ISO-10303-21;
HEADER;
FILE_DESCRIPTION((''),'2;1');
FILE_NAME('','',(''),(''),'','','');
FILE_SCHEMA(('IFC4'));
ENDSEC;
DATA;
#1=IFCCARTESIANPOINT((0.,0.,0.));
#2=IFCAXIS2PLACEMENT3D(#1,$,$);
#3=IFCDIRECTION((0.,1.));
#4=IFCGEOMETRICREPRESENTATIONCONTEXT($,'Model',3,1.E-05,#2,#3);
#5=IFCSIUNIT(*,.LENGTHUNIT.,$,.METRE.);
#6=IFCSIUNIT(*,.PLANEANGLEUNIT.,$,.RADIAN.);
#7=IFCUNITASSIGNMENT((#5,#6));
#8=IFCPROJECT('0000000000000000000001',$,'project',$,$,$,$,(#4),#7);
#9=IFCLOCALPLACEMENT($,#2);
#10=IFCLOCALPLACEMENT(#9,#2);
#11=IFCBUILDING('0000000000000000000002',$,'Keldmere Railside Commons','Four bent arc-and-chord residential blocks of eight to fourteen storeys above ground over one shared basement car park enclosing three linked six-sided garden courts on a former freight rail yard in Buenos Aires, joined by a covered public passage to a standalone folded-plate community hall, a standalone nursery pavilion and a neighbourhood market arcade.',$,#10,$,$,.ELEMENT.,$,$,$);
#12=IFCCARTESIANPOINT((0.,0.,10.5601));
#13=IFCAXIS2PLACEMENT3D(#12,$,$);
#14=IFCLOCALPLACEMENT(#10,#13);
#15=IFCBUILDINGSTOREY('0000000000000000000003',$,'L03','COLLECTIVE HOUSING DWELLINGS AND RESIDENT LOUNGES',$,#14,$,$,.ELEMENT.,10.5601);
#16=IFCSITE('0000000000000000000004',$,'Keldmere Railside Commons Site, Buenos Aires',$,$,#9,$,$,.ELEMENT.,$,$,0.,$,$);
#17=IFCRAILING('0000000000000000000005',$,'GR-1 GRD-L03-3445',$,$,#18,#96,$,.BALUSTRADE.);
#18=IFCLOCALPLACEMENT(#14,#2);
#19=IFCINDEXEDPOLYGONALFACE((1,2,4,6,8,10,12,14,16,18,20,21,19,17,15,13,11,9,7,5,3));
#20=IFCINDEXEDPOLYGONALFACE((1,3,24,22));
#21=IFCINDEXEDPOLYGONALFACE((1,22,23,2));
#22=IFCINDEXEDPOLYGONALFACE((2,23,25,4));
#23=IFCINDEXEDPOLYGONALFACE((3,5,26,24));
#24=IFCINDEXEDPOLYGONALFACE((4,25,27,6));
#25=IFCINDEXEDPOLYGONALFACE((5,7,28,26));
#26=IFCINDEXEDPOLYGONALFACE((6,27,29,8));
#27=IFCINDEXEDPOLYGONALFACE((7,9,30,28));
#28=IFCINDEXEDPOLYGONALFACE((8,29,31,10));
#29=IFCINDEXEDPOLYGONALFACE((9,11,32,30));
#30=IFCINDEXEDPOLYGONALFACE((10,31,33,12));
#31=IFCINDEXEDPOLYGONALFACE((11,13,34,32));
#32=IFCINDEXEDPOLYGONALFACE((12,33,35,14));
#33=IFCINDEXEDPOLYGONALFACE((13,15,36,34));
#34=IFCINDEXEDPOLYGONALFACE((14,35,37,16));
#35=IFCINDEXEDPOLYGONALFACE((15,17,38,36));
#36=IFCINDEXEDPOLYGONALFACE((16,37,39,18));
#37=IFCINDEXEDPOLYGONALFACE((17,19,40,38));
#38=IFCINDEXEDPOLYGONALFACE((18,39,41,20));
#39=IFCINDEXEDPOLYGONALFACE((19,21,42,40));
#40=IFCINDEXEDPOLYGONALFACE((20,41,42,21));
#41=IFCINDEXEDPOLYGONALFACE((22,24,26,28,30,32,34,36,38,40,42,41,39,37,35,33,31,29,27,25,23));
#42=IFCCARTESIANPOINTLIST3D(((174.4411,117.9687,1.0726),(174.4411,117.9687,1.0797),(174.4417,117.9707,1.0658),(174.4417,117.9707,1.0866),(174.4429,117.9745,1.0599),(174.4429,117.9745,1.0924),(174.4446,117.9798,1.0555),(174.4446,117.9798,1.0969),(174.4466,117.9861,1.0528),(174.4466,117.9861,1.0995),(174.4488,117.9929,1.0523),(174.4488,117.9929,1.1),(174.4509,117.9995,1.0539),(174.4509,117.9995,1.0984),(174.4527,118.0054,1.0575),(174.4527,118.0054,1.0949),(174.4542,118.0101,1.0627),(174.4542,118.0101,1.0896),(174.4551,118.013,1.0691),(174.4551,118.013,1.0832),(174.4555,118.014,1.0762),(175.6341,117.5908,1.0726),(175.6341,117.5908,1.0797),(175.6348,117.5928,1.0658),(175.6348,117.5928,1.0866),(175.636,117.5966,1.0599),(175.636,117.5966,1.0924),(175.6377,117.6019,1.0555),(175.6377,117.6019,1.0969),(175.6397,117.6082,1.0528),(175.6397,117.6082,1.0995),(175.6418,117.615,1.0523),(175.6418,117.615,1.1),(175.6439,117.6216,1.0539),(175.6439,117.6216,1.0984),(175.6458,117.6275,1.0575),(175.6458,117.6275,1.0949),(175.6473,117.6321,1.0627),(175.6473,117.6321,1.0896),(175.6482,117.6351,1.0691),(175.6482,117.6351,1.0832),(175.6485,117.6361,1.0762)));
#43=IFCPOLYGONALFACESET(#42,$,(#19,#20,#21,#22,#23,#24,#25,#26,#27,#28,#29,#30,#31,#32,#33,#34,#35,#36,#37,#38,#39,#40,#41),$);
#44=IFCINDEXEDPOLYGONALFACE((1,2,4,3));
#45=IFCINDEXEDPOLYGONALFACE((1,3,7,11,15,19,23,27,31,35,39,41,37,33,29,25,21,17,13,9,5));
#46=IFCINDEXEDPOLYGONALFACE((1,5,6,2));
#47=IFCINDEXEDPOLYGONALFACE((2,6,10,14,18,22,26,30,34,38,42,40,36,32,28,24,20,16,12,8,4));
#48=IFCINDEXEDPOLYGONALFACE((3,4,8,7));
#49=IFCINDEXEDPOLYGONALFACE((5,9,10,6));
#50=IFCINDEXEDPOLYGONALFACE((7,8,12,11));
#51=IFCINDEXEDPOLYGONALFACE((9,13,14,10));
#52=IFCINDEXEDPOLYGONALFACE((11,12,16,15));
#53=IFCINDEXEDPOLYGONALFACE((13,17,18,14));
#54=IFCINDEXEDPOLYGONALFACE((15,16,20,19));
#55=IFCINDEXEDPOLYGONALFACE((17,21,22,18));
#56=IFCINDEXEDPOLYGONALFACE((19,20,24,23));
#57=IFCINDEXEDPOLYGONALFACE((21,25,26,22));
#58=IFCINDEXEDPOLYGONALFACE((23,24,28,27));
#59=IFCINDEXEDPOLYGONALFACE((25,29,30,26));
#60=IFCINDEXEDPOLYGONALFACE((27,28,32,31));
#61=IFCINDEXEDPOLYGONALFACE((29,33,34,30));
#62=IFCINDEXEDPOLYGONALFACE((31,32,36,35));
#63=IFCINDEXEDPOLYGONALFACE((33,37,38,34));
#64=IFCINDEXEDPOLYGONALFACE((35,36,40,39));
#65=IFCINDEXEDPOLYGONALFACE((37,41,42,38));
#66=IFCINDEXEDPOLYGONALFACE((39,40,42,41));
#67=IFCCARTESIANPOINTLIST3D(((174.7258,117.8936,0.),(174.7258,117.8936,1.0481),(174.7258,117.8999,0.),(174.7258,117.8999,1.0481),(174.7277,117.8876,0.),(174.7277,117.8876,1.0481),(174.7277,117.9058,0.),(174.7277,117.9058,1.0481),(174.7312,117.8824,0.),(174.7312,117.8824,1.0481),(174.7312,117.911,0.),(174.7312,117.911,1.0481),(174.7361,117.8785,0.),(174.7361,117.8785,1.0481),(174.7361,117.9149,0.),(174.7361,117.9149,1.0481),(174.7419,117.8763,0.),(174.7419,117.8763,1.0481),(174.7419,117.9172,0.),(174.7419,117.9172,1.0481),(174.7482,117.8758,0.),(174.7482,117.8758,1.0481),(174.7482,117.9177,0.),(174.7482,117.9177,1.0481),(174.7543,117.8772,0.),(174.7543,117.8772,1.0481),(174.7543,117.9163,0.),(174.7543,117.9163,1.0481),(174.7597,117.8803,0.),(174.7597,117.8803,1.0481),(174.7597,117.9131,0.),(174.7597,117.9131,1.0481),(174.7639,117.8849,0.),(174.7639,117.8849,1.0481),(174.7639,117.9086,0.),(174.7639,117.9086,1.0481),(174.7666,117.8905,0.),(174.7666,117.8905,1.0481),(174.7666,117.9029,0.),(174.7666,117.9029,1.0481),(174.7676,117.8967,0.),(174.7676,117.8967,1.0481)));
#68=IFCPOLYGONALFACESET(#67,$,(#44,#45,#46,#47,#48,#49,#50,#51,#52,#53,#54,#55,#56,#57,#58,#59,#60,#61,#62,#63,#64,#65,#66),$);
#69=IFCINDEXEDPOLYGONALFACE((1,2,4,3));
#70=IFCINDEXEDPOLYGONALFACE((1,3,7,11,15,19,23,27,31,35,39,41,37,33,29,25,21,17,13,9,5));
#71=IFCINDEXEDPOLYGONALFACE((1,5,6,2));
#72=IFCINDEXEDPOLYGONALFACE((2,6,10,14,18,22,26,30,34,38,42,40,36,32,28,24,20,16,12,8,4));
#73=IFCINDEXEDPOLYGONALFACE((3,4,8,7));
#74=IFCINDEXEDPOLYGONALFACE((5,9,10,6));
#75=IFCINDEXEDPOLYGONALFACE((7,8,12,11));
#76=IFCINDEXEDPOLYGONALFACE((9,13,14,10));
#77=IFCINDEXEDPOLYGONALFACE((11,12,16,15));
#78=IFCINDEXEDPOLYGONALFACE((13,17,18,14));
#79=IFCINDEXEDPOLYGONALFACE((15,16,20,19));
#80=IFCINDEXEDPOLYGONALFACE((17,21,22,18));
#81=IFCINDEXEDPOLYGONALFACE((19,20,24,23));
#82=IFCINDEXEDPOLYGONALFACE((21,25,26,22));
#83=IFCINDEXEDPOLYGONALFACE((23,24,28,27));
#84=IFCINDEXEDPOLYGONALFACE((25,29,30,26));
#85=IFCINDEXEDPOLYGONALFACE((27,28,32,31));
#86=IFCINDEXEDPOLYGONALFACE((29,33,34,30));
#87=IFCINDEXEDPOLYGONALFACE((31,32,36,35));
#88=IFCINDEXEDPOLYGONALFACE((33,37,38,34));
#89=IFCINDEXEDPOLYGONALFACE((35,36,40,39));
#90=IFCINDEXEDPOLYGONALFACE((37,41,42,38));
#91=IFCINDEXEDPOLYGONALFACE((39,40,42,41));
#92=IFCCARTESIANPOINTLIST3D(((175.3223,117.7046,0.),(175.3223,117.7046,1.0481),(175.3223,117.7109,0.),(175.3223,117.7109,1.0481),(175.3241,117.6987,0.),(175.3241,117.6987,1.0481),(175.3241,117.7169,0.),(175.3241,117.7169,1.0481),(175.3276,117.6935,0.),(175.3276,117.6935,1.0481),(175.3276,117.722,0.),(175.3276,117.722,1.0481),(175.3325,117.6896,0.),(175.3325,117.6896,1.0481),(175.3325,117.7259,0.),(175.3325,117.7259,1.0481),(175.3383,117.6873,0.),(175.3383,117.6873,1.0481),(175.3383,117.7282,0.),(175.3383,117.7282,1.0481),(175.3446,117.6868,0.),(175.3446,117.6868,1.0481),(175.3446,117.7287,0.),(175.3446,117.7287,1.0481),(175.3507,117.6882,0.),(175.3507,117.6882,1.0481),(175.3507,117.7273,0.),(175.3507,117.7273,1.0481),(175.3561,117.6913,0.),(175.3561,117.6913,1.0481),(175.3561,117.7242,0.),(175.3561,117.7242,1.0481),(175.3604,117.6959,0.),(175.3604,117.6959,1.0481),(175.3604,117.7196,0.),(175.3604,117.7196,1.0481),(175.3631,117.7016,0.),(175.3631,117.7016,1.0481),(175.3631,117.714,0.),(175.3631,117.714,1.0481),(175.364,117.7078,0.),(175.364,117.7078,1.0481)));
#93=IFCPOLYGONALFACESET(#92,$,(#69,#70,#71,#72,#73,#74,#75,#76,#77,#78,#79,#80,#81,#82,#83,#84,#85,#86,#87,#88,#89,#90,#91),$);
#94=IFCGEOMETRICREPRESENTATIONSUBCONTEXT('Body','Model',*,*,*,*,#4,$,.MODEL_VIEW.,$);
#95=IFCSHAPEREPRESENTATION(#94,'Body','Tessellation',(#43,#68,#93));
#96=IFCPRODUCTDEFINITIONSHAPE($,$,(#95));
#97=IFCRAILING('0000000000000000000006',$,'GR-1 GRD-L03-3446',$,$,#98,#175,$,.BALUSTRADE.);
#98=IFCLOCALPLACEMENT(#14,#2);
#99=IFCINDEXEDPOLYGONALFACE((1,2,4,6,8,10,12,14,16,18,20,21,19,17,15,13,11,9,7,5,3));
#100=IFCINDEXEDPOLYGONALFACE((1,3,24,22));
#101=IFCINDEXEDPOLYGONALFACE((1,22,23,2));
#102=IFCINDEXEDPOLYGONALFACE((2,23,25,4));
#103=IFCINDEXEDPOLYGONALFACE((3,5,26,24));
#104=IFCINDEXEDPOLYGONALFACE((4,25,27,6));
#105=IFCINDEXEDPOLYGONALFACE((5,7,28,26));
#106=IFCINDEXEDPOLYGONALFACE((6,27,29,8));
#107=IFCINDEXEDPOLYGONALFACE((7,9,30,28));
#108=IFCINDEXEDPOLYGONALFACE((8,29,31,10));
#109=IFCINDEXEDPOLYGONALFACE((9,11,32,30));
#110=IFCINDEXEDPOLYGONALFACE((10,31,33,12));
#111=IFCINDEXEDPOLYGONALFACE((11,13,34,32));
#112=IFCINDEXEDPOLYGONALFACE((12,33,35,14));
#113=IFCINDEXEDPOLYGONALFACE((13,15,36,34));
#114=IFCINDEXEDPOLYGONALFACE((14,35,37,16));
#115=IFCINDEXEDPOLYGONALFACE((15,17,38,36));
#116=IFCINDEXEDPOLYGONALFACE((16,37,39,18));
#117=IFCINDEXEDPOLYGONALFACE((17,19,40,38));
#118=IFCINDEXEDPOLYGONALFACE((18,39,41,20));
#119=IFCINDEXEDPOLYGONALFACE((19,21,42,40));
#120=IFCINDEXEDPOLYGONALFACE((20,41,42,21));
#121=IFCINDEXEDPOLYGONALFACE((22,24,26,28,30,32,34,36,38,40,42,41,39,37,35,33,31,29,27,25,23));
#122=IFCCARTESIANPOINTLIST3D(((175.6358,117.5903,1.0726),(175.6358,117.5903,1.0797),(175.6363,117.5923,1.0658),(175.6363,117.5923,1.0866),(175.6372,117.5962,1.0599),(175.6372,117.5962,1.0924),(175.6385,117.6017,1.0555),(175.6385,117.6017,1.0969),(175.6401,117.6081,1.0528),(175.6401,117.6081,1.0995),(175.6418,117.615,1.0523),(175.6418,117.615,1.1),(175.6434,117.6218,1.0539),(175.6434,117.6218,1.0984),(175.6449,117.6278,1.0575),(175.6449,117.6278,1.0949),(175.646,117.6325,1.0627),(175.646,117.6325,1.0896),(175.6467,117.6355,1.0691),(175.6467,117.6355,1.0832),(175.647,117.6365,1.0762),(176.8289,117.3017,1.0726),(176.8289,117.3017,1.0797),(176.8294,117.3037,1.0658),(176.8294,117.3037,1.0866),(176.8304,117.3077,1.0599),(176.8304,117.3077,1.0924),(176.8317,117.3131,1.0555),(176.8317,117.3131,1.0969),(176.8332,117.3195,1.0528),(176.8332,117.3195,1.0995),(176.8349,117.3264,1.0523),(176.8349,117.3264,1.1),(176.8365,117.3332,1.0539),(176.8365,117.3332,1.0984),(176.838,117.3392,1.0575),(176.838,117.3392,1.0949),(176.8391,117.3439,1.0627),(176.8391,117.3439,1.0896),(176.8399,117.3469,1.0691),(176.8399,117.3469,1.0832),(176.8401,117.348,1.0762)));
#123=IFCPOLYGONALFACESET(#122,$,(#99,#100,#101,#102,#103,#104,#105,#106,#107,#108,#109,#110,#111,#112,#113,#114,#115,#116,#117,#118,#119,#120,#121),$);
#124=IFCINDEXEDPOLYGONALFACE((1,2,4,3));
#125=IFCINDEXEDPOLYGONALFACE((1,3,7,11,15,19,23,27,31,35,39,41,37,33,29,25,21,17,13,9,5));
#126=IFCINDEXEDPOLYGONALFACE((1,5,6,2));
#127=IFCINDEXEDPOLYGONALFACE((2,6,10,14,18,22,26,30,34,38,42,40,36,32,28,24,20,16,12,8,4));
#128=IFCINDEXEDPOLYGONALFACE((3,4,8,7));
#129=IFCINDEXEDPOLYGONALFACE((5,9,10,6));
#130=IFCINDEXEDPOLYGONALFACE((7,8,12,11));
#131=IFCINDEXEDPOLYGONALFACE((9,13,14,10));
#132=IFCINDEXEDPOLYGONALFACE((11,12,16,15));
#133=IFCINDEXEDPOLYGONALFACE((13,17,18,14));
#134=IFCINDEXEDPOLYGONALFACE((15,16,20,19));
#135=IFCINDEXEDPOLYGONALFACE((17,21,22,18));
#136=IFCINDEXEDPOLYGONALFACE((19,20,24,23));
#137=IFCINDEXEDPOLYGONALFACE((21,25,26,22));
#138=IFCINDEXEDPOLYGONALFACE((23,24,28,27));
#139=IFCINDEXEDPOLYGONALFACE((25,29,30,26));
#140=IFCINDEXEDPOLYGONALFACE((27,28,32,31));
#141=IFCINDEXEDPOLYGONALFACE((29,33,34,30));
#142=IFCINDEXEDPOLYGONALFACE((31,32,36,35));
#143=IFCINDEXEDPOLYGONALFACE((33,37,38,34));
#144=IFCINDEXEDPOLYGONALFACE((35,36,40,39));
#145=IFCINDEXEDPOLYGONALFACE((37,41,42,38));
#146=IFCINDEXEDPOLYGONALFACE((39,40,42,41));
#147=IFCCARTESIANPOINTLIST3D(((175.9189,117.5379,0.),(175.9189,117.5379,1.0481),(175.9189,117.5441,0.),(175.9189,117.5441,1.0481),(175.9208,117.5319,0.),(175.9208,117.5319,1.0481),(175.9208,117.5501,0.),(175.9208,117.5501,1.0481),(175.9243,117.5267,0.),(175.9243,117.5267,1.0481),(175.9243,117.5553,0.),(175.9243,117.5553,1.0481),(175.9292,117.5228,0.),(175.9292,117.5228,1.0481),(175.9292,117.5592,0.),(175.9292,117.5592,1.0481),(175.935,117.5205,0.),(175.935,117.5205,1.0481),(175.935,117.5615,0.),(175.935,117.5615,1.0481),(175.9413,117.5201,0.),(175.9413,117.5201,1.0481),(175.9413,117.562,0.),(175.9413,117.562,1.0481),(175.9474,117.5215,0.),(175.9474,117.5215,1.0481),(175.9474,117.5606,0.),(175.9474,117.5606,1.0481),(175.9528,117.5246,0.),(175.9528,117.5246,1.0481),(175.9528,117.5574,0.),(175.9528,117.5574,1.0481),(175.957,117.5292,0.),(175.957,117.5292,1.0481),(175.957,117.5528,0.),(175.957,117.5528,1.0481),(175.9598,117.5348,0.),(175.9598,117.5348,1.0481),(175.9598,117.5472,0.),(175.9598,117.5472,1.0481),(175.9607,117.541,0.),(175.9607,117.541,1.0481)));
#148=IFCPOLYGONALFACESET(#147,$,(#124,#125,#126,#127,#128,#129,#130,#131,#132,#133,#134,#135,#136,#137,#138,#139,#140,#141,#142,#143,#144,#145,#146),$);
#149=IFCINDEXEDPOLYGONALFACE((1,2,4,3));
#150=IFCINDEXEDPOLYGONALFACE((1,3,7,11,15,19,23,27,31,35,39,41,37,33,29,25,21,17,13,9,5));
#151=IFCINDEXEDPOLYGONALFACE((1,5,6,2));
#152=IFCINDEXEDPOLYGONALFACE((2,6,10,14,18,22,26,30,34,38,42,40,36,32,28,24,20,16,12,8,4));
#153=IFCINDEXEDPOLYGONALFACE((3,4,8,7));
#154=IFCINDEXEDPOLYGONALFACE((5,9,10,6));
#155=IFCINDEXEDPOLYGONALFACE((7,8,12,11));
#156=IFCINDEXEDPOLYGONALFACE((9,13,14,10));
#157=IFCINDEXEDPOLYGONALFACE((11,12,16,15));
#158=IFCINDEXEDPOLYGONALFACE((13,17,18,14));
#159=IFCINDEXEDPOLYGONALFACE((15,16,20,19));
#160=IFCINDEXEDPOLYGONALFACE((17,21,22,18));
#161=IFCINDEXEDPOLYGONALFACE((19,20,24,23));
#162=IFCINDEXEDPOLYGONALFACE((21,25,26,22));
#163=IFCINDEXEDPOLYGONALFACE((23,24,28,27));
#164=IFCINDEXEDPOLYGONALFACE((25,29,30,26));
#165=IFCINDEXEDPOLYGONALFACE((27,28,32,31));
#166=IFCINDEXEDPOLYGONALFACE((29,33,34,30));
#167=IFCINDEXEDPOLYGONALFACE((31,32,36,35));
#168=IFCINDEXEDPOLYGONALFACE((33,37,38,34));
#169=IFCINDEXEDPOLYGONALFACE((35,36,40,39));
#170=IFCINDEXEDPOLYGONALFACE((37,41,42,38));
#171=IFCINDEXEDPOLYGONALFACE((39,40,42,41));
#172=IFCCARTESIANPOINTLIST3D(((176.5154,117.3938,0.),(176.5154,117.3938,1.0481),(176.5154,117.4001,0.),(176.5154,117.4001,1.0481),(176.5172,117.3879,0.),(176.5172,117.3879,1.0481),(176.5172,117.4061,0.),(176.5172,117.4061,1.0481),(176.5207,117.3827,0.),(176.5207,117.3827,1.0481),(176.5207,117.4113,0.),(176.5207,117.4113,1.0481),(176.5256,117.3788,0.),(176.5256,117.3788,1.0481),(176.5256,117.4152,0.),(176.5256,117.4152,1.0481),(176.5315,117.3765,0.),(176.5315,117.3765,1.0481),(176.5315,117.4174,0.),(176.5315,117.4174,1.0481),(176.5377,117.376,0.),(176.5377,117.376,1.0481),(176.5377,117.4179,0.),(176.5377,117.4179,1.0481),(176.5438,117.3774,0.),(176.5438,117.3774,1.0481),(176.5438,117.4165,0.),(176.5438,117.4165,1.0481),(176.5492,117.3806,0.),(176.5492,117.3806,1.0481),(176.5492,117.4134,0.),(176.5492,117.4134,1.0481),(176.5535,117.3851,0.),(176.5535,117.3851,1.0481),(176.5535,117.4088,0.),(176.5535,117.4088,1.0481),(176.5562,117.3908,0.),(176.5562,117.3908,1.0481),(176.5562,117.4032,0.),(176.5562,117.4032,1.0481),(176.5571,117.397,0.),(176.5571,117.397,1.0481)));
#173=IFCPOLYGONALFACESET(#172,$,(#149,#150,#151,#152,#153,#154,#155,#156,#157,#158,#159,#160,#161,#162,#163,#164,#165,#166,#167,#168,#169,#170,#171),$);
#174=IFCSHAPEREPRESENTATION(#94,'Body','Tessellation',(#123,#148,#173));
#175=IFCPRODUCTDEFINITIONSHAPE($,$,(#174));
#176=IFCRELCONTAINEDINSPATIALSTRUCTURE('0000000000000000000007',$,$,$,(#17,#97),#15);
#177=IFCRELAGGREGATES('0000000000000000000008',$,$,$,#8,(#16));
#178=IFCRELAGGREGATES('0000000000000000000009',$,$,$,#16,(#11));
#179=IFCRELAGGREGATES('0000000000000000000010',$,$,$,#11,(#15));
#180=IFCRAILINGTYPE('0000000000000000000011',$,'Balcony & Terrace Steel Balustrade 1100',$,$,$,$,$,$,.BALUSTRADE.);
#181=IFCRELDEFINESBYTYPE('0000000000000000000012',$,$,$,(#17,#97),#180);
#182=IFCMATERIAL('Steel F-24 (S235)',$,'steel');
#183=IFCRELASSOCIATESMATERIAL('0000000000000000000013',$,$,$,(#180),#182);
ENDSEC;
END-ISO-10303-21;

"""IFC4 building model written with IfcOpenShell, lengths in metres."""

from ifc_helpers import new_model, si_unit, direction, frame, origin, origin_2d, place, context, subcontext, project, spatial, circle, extrude, material, type_object, element, save


model = new_model("IFC4")

# Units and contexts
model_context = context("Model", 3, precision=1e-05, world=origin(), true_north=direction((0.0, 1.0)))
body_context = subcontext(model_context, "Body", "Model", "MODEL_VIEW")
ifc_project = project(units=[si_unit("LENGTHUNIT", "METRE"), si_unit("PLANEANGLEUNIT", "RADIAN")], contexts=[model_context])

# Site, building, storey
site_placement = place(None, origin())
site = spatial("IfcSite", under=ifc_project, at=site_placement, Name="Keldmere Railside Commons Site, Buenos Aires", CompositionType="ELEMENT", RefElevation=0.0)
building_placement = place(site_placement, origin())
building = spatial("IfcBuilding", under=site, at=building_placement, Name="Keldmere Railside Commons", Description="Four bent arc-and-chord residential blocks of eight to fourteen storeys above ground over one shared basement car park enclosing three linked six-sided garden courts on a former freight rail yard in Buenos Aires, joined by a covered public passage to a standalone folded-plate community hall, a standalone nursery pavilion and a neighbourhood market arcade.", CompositionType="ELEMENT")
storey_placement = place(building_placement, frame((0.0, 0.0, 10.5601)))
storey = spatial("IfcBuildingStorey", under=building, at=storey_placement, Name="L03", Description="COLLECTIVE HOUSING DWELLINGS AND RESIDENT LOUNGES", CompositionType="ELEMENT", Elevation=10.5601)

# Railings
ifc_material_1 = material(Name="Steel F-24 (S235)", Category="steel")
railing_type = type_object("IfcRailingType", Name="Balcony & Terrace Steel Balustrade 1100", PredefinedType="BALUSTRADE", material=ifc_material_1)
railing_1_placement = place(storey_placement, frame((174.4482, 117.9912, 0.0)))
element("IfcRailing", 1, at=railing_1_placement, inside=storey, type_object=railing_type, Name="GR-1 GRD-L03-3445", PredefinedType="BALUSTRADE", context=body_context, shape_type="SweptSolid", body=[
    extrude(circle(Radius=0.0239, at=origin_2d()), frame((0.0, 0.0, 1.0762), z_axis=(0.953317, -0.301971, 0.0), x_axis=(0.301971, 0.953317, 0.0)), (0.0, 0.0, 1.0), 1.2515),
    extrude(circle(Radius=0.021, at=origin_2d()), frame((0.2983, -0.0945, 0.0)), (0.0, 0.0, 1.0), 1.0481),
    extrude(circle(Radius=0.021, at=origin_2d()), frame((0.8948, -0.2834, 0.0)), (0.0, 0.0, 1.0), 1.0481),
])
railing_2_placement = place(storey_placement, frame((175.6414, 117.6133, 0.0)))
element("IfcRailing", 2, at=railing_2_placement, inside=storey, type_object=railing_type, Name="GR-1 GRD-L03-3446", PredefinedType="BALUSTRADE", context=body_context, shape_type="SweptSolid", body=[
    extrude(circle(Radius=0.0239, at=origin_2d()), frame((0.0, 0.0, 1.0762), z_axis=(0.971974, -0.235088, 0.0), x_axis=(0.235088, 0.971974, 0.0)), (0.0, 0.0, 1.0), 1.2275),
    extrude(circle(Radius=0.021, at=origin_2d()), frame((0.2983, -0.0723, 0.0)), (0.0, 0.0, 1.0), 1.0481),
    extrude(circle(Radius=0.021, at=origin_2d()), frame((0.8948, -0.2163, 0.0)), (0.0, 0.0, 1.0), 1.0481),
])

save(model, "model.ifc")
